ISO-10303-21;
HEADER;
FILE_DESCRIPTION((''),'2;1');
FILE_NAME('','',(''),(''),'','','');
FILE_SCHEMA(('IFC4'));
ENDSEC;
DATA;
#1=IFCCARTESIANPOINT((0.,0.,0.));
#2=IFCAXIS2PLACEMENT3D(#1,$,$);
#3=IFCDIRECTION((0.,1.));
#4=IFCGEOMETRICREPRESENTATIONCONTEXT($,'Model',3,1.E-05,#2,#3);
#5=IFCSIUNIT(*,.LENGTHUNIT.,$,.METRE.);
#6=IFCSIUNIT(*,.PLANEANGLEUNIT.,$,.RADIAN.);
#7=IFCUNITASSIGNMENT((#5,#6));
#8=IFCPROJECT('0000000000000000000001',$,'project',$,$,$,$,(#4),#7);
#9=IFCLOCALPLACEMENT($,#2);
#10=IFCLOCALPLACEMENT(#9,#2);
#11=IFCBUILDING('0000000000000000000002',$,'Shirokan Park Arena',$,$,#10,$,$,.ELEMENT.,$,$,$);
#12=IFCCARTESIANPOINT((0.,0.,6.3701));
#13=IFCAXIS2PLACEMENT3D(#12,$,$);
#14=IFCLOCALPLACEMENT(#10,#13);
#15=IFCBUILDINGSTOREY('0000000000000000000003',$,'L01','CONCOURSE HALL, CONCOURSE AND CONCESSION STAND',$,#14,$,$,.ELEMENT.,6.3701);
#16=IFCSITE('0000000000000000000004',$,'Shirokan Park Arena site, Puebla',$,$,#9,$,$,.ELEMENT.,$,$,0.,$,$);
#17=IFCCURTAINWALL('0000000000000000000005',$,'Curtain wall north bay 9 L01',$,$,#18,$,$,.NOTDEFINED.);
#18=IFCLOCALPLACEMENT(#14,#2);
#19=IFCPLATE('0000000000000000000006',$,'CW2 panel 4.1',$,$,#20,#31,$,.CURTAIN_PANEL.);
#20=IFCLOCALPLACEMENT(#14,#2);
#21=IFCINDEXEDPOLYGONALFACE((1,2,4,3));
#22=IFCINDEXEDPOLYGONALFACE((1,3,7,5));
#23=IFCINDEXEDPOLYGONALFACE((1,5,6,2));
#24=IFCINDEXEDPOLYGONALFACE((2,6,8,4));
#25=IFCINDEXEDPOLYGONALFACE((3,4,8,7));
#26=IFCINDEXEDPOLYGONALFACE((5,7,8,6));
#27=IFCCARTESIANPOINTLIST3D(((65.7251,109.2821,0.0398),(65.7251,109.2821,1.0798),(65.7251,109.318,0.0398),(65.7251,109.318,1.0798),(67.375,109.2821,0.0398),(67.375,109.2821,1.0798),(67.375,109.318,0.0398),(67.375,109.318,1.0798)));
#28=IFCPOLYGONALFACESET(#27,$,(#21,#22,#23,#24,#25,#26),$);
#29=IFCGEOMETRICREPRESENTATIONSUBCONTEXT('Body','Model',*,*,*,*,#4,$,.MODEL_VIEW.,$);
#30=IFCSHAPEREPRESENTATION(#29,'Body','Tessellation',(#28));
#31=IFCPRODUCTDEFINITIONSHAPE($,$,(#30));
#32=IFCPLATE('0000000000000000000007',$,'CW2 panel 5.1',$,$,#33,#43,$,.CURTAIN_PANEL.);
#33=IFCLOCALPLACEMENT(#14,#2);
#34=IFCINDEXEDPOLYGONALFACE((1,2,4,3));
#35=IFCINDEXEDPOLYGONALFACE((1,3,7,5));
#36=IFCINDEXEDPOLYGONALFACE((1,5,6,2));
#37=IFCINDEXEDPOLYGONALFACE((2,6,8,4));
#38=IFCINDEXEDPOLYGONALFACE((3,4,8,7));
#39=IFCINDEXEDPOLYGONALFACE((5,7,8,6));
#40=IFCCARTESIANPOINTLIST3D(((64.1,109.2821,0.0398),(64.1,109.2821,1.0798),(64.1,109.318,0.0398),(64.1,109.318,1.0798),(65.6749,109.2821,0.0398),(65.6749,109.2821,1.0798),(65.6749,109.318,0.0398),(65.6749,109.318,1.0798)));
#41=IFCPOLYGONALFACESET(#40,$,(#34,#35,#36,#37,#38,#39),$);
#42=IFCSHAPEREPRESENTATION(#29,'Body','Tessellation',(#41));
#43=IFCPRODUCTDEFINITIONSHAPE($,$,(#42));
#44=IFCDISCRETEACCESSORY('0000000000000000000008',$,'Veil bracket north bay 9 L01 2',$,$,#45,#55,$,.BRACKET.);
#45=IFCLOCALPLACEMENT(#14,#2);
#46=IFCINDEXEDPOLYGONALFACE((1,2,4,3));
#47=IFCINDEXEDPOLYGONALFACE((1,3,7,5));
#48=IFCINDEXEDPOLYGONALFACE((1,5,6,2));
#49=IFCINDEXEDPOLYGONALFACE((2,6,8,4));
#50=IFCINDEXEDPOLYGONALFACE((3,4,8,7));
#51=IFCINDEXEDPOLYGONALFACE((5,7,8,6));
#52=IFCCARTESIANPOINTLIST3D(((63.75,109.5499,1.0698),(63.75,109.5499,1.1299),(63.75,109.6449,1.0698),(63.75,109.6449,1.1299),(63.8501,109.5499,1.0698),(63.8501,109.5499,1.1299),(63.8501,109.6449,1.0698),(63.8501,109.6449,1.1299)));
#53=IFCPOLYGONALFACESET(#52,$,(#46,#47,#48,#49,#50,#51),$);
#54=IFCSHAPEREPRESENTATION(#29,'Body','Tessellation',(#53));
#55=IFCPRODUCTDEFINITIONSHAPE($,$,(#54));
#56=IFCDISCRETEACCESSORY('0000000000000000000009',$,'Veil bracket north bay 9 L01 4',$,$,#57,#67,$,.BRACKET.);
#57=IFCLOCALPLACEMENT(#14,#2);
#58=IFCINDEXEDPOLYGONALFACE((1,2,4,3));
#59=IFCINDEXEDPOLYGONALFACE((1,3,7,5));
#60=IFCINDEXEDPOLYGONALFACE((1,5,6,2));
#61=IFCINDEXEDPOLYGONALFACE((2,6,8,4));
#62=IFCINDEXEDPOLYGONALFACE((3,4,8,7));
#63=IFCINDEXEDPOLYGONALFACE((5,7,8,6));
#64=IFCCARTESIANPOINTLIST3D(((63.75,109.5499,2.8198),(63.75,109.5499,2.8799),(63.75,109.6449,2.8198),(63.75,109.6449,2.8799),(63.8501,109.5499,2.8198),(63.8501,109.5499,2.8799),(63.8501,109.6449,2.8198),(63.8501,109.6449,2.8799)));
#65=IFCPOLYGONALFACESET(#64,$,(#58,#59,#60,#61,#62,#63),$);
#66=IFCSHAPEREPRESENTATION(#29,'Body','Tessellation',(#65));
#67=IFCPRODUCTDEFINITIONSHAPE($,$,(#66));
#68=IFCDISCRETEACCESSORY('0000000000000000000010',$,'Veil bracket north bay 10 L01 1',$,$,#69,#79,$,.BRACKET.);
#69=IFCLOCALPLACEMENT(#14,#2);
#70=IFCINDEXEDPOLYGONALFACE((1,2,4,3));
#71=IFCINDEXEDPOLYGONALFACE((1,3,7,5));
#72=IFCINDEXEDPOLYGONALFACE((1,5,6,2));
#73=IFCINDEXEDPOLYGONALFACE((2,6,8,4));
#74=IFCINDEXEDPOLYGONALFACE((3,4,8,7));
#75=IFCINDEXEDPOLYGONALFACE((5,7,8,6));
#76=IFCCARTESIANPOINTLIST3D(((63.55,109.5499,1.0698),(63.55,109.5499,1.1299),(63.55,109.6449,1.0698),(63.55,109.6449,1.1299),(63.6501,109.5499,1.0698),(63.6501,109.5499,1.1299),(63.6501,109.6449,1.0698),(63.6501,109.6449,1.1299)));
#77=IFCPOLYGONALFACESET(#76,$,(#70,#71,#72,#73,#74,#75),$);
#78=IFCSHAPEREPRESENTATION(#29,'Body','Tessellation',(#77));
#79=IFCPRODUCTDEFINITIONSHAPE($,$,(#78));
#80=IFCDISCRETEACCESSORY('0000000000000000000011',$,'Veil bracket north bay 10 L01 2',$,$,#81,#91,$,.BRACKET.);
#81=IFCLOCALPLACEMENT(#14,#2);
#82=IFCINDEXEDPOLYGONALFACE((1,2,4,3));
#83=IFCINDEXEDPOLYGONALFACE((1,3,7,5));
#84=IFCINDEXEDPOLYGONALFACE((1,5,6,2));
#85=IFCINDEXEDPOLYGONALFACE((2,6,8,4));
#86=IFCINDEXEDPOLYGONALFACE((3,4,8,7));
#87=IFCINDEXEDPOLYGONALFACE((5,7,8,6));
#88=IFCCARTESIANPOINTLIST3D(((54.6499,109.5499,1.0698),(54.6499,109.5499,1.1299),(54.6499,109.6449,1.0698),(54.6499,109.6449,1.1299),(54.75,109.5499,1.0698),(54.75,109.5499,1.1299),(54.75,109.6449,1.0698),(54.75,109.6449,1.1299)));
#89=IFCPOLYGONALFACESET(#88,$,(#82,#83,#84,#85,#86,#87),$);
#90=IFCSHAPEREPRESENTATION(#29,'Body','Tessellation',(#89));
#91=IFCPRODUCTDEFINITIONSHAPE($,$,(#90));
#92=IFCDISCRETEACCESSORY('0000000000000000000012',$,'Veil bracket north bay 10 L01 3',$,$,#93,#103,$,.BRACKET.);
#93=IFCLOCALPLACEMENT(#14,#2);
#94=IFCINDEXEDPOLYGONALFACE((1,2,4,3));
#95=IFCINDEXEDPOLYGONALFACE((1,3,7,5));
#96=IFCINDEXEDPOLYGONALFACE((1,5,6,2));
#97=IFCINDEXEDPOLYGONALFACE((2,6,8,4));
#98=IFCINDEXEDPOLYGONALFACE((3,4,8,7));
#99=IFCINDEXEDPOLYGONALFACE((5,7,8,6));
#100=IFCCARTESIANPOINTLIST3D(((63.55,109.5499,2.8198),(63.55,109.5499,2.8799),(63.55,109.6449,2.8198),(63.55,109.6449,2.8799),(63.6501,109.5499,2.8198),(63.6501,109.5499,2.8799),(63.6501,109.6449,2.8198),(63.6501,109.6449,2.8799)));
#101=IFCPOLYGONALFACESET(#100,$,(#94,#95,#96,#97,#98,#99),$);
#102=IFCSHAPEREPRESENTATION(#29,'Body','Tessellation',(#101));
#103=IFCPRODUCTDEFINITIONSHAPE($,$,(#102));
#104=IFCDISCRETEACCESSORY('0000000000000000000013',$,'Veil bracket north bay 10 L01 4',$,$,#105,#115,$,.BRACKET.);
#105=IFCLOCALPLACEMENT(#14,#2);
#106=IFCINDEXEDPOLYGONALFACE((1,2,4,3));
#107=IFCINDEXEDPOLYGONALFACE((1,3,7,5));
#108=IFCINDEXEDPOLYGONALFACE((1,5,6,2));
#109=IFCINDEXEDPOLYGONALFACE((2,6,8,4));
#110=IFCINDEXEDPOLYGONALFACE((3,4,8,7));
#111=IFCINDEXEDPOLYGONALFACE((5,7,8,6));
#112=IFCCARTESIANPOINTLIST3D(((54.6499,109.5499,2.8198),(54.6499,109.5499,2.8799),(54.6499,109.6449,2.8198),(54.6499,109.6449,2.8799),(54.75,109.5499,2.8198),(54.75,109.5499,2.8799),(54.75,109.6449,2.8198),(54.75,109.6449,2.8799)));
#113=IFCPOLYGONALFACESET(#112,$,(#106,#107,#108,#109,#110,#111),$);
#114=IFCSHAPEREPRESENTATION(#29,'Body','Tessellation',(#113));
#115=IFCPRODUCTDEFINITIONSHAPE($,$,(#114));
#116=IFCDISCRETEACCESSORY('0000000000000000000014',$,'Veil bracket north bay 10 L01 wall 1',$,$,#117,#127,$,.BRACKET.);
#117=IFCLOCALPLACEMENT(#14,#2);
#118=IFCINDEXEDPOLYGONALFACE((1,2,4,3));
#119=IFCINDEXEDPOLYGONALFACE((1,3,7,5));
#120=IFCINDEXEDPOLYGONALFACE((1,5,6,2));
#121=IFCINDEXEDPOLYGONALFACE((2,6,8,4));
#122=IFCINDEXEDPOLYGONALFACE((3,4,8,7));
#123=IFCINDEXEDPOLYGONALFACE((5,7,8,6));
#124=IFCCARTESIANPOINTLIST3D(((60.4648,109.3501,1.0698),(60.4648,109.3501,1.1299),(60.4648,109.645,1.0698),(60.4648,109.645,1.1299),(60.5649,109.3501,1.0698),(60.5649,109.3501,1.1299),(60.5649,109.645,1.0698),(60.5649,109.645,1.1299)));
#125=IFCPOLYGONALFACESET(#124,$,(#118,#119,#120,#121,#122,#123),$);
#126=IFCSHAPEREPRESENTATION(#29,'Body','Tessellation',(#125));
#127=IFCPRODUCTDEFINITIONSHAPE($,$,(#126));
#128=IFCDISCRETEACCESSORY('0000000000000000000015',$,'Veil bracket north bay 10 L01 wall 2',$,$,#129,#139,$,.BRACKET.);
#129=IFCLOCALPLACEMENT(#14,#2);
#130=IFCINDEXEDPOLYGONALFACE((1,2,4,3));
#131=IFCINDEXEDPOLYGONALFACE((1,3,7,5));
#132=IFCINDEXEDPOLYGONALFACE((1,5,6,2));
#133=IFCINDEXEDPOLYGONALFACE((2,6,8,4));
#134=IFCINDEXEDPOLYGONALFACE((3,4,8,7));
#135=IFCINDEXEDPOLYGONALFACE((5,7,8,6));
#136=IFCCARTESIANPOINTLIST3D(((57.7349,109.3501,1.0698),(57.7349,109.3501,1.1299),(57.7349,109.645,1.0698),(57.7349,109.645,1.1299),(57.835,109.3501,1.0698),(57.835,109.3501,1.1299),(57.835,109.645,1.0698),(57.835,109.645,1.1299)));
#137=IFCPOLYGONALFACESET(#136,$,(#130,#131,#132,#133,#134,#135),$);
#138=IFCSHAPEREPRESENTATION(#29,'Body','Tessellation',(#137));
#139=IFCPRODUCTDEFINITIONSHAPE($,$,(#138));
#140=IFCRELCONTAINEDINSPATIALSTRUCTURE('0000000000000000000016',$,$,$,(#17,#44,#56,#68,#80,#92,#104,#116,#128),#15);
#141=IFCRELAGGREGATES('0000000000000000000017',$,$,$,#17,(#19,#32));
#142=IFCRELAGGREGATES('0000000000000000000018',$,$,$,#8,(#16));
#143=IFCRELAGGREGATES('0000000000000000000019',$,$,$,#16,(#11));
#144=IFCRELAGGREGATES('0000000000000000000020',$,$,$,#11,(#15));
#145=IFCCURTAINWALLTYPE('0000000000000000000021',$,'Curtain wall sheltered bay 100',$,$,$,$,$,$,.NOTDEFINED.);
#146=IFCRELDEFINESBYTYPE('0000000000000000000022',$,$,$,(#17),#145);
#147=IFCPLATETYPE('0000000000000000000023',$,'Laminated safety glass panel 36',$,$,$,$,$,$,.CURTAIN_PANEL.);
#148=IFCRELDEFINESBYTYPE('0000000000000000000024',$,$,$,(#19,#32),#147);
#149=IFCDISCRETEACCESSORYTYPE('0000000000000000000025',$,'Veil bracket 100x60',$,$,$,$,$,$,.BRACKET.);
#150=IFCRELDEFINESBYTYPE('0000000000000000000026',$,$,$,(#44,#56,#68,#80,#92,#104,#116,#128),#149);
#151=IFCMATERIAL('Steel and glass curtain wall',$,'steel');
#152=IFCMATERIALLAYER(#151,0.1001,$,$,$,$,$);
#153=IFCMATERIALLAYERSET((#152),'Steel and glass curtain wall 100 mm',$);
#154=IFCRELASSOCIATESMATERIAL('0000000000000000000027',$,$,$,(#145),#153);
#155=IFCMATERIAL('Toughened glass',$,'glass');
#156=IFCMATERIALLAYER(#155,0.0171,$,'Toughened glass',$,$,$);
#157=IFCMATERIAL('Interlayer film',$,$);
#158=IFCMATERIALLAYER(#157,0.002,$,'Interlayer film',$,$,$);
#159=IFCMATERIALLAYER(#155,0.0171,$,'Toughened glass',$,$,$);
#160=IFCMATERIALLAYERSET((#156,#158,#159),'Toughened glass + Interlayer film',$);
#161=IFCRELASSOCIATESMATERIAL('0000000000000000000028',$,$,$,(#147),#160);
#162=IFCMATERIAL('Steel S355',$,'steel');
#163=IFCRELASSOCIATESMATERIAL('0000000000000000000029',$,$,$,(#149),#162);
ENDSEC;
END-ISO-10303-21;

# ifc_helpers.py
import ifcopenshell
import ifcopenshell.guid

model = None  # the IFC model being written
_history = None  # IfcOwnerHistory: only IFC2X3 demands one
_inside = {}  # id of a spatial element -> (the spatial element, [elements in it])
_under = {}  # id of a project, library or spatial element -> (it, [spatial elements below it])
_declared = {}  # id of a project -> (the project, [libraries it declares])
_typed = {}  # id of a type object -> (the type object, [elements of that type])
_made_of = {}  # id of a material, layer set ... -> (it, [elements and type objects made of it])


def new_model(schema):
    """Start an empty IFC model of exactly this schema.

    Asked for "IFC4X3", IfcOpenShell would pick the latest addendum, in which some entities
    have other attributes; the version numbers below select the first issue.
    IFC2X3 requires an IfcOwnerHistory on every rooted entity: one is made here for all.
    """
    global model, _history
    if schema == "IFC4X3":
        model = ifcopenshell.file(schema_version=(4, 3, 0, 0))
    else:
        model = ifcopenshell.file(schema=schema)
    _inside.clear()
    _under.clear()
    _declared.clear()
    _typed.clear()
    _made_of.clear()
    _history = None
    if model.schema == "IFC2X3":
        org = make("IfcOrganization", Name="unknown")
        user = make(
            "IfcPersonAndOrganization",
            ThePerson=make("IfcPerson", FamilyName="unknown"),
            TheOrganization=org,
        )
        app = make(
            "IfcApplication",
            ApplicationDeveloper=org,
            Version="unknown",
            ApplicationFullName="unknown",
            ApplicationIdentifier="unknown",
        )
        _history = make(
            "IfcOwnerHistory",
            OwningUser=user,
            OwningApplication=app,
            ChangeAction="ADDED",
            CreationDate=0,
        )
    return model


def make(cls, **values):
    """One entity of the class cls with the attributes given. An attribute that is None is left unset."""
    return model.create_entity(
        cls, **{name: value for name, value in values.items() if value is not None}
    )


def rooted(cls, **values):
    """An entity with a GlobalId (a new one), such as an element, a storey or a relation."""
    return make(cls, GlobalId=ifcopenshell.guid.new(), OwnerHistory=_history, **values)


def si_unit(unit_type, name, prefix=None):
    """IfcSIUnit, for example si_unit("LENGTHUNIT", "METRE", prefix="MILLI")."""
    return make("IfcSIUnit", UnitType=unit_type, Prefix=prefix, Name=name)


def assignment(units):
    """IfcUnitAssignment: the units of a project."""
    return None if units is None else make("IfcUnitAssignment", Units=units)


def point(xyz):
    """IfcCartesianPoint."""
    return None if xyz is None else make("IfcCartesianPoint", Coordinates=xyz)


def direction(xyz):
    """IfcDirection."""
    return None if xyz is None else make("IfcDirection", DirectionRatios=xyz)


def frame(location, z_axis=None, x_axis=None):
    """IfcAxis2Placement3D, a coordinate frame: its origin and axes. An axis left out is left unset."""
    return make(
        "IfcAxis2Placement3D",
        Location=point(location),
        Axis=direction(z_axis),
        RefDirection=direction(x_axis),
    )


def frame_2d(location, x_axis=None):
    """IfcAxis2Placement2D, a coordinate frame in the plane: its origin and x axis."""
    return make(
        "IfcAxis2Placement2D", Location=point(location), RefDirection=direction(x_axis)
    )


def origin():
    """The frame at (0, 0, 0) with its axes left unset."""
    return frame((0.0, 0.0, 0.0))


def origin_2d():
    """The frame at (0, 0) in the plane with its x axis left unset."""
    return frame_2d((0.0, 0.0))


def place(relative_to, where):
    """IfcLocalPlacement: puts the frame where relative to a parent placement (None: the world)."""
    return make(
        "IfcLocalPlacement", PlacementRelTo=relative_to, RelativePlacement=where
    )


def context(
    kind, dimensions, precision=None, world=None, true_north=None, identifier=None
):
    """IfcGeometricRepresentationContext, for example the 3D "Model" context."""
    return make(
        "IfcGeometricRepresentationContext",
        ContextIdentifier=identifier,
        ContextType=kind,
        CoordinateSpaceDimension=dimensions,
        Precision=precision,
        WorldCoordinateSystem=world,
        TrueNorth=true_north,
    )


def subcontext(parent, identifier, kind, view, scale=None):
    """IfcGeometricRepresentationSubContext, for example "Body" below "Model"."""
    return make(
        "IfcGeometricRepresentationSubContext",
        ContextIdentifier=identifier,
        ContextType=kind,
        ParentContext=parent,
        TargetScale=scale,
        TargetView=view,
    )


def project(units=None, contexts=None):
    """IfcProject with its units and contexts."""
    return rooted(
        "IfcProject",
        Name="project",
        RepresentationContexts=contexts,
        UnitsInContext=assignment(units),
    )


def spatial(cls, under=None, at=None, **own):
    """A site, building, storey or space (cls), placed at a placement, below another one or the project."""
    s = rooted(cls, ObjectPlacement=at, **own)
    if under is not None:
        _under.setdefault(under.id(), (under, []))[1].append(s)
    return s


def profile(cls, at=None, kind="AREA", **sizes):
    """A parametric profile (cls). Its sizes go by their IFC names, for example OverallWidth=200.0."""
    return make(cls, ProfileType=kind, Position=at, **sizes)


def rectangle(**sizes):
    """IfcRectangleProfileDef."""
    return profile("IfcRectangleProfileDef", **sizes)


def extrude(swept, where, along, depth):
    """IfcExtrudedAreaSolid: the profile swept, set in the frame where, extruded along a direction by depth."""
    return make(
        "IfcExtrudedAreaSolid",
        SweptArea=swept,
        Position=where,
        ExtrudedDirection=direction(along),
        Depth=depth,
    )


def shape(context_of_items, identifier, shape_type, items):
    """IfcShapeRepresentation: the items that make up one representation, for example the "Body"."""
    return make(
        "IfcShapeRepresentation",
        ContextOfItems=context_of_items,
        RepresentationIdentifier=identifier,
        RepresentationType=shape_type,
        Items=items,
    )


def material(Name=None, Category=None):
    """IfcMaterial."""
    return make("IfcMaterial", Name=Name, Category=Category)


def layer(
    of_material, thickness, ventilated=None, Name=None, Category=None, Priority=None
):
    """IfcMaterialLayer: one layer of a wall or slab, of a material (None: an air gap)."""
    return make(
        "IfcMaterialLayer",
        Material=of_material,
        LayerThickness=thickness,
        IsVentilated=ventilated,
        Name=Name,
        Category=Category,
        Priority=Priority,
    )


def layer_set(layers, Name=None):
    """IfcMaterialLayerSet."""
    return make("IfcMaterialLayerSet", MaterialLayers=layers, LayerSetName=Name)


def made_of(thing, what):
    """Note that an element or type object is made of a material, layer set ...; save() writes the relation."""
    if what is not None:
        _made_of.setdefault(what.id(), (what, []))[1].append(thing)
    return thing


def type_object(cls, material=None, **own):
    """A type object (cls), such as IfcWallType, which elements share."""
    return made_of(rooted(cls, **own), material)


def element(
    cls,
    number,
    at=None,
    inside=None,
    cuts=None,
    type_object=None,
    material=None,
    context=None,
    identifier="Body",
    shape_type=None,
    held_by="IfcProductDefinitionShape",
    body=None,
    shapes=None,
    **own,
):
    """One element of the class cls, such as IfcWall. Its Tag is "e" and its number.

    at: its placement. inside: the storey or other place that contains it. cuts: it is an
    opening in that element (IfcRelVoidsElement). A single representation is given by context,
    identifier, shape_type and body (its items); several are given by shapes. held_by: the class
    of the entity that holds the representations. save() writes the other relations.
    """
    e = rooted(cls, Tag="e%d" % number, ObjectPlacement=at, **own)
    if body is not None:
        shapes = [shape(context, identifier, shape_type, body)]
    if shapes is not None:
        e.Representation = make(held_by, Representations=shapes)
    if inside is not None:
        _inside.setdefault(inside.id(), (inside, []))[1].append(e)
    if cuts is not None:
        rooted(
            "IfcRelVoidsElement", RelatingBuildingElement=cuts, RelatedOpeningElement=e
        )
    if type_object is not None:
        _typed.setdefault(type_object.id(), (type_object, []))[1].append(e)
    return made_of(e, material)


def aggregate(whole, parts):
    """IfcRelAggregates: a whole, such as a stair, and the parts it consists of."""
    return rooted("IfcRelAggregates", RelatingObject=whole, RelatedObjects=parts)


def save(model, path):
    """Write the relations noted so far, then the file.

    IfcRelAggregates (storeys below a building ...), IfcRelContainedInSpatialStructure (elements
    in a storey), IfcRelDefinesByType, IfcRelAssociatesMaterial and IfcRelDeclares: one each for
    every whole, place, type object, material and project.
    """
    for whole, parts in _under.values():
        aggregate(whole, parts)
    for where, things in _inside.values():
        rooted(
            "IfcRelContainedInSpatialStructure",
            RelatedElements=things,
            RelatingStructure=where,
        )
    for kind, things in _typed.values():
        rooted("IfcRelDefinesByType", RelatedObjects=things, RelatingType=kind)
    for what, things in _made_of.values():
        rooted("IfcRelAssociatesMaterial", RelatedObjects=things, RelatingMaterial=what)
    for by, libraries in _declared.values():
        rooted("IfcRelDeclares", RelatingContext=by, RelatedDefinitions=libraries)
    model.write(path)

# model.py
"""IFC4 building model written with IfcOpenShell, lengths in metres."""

from ifc_helpers import new_model, si_unit, direction, frame, origin, origin_2d, place, context, subcontext, project, spatial, rectangle, extrude, material, layer, layer_set, type_object, element, aggregate, save


model = new_model("IFC4")

# Units and contexts
model_context = context("Model", 3, precision=1e-05, world=origin(), true_north=direction((0.0, 1.0)))
body_context = subcontext(model_context, "Body", "Model", "MODEL_VIEW")
ifc_project = project(units=[si_unit("LENGTHUNIT", "METRE"), si_unit("PLANEANGLEUNIT", "RADIAN")], contexts=[model_context])

# Site, building, storey
site_placement = place(None, origin())
site = spatial("IfcSite", under=ifc_project, at=site_placement, Name="Shirokan Park Arena site, Puebla", CompositionType="ELEMENT", RefElevation=0.0)
building_placement = place(site_placement, origin())
building = spatial("IfcBuilding", under=site, at=building_placement, Name="Shirokan Park Arena", CompositionType="ELEMENT")
storey_placement = place(building_placement, frame((0.0, 0.0, 6.3701)))
storey = spatial("IfcBuildingStorey", under=building, at=storey_placement, Name="L01", Description="CONCOURSE HALL, CONCOURSE AND CONCESSION STAND", CompositionType="ELEMENT", Elevation=6.3701)

# Curtain wall, plates
ifc_material_1 = material(Name="Steel and glass curtain wall", Category="steel")
ifc_layer_1 = layer(ifc_material_1, 0.1001)
ifc_layer_set_1 = layer_set([ifc_layer_1], Name="Steel and glass curtain wall 100 mm")
curtain_wall_type = type_object("IfcCurtainWallType", Name="Curtain wall sheltered bay 100", PredefinedType="NOTDEFINED", material=ifc_layer_set_1)
curtain_wall_placement = place(storey_placement, origin())
curtain_wall = element("IfcCurtainWall", 1, at=curtain_wall_placement, inside=storey, type_object=curtain_wall_type, Name="Curtain wall north bay 9 L01", PredefinedType="NOTDEFINED")
ifc_material_2 = material(Name="Steel S355", Category="steel")
ifc_material_3 = material(Name="Toughened glass", Category="glass")
ifc_material_4 = material(Name="Interlayer film")
ifc_layer_2 = layer(ifc_material_3, 0.0171, Name="Toughened glass")
ifc_layer_3 = layer(ifc_material_4, 0.002, Name="Interlayer film")
ifc_layer_4 = layer(ifc_material_3, 0.0171, Name="Toughened glass")
ifc_layer_set_2 = layer_set([ifc_layer_2, ifc_layer_3, ifc_layer_4], Name="Toughened glass + Interlayer film")
plate_type_1 = type_object("IfcPlateType", Name="Laminated safety glass panel 36", PredefinedType="CURTAIN_PANEL", material=ifc_layer_set_2)
plate_1_placement = place(storey_placement, frame((66.55, 109.3, 0.0398), z_axis=(0.0, 0.0, 1.0), x_axis=(-1.0, 0.0, 0.0)))
plate_1 = element("IfcPlate", 2, at=plate_1_placement, type_object=plate_type_1, Name="CW2 panel 4.1", PredefinedType="CURTAIN_PANEL", context=body_context, shape_type="SweptSolid", body=[
    extrude(rectangle(XDim=1.6499, YDim=0.0359, at=origin_2d()), origin(), (0.0, 0.0, 1.0), 1.04),
])
plate_2_placement = place(storey_placement, frame((64.8875, 109.3, 0.0398), z_axis=(0.0, 0.0, 1.0), x_axis=(-1.0, 0.0, 0.0)))
plate_2 = element("IfcPlate", 3, at=plate_2_placement, type_object=plate_type_1, Name="CW2 panel 5.1", PredefinedType="CURTAIN_PANEL", context=body_context, shape_type="SweptSolid", body=[
    extrude(rectangle(XDim=1.575, YDim=0.0359, at=origin_2d()), origin(), (0.0, 0.0, 1.0), 1.04),
])
aggregate(curtain_wall, [plate_1, plate_2])

# Discrete accessories
discrete_accessory_type = type_object("IfcDiscreteAccessoryType", Name="Veil bracket 100x60", PredefinedType="BRACKET", material=ifc_material_2)
for number, where, z_axis, x_axis, name in (
    (4, (63.8, 109.5974, 1.0698), (0.0, 0.0, 1.0), (-1.0, 0.0, 0.0), "Veil bracket north bay 9 L01 2"),
    (5, (63.8, 109.5974, 2.8198), (0.0, 0.0, 1.0), (-1.0, 0.0, 0.0), "Veil bracket north bay 9 L01 4"),
    (6, (63.6001, 109.5974, 1.0698), (0.0, 0.0, 1.0), (-1.0, 0.0, 0.0), "Veil bracket north bay 10 L01 1"),
    (7, (54.7, 109.5974, 1.0698), (0.0, 0.0, 1.0), (-1.0, 0.0, 0.0), "Veil bracket north bay 10 L01 2"),
    (8, (63.6001, 109.5974, 2.8198), (0.0, 0.0, 1.0), (-1.0, 0.0, 0.0), "Veil bracket north bay 10 L01 3"),
    (9, (54.7, 109.5974, 2.8198), (0.0, 0.0, 1.0), (-1.0, 0.0, 0.0), "Veil bracket north bay 10 L01 4"),
):
    element("IfcDiscreteAccessory", number, at=place(storey_placement, frame(where, z_axis=z_axis, x_axis=x_axis)), inside=storey, type_object=discrete_accessory_type, Name=name, PredefinedType="BRACKET", context=body_context, shape_type="SweptSolid", body=[
        extrude(rectangle(XDim=0.1001, YDim=0.095, at=origin_2d()), origin(), (0.0, 0.0, 1.0), 0.0601),
    ])
for number, where, z_axis, x_axis, name in (
    (10, (60.5149, 109.4976, 1.0698), (0.0, 0.0, 1.0), (-1.0, 0.0, 0.0), "Veil bracket north bay 10 L01 wall 1"),
    (11, (57.7849, 109.4976, 1.0698), (0.0, 0.0, 1.0), (-1.0, 0.0, 0.0), "Veil bracket north bay 10 L01 wall 2"),
):
    element("IfcDiscreteAccessory", number, at=place(storey_placement, frame(where, z_axis=z_axis, x_axis=x_axis)), inside=storey, type_object=discrete_accessory_type, Name=name, PredefinedType="BRACKET", context=body_context, shape_type="SweptSolid", body=[
        extrude(rectangle(XDim=0.1001, YDim=0.2949, at=origin_2d()), origin(), (0.0, 0.0, 1.0), 0.0601),
    ])

save(model, "model.ifc")
